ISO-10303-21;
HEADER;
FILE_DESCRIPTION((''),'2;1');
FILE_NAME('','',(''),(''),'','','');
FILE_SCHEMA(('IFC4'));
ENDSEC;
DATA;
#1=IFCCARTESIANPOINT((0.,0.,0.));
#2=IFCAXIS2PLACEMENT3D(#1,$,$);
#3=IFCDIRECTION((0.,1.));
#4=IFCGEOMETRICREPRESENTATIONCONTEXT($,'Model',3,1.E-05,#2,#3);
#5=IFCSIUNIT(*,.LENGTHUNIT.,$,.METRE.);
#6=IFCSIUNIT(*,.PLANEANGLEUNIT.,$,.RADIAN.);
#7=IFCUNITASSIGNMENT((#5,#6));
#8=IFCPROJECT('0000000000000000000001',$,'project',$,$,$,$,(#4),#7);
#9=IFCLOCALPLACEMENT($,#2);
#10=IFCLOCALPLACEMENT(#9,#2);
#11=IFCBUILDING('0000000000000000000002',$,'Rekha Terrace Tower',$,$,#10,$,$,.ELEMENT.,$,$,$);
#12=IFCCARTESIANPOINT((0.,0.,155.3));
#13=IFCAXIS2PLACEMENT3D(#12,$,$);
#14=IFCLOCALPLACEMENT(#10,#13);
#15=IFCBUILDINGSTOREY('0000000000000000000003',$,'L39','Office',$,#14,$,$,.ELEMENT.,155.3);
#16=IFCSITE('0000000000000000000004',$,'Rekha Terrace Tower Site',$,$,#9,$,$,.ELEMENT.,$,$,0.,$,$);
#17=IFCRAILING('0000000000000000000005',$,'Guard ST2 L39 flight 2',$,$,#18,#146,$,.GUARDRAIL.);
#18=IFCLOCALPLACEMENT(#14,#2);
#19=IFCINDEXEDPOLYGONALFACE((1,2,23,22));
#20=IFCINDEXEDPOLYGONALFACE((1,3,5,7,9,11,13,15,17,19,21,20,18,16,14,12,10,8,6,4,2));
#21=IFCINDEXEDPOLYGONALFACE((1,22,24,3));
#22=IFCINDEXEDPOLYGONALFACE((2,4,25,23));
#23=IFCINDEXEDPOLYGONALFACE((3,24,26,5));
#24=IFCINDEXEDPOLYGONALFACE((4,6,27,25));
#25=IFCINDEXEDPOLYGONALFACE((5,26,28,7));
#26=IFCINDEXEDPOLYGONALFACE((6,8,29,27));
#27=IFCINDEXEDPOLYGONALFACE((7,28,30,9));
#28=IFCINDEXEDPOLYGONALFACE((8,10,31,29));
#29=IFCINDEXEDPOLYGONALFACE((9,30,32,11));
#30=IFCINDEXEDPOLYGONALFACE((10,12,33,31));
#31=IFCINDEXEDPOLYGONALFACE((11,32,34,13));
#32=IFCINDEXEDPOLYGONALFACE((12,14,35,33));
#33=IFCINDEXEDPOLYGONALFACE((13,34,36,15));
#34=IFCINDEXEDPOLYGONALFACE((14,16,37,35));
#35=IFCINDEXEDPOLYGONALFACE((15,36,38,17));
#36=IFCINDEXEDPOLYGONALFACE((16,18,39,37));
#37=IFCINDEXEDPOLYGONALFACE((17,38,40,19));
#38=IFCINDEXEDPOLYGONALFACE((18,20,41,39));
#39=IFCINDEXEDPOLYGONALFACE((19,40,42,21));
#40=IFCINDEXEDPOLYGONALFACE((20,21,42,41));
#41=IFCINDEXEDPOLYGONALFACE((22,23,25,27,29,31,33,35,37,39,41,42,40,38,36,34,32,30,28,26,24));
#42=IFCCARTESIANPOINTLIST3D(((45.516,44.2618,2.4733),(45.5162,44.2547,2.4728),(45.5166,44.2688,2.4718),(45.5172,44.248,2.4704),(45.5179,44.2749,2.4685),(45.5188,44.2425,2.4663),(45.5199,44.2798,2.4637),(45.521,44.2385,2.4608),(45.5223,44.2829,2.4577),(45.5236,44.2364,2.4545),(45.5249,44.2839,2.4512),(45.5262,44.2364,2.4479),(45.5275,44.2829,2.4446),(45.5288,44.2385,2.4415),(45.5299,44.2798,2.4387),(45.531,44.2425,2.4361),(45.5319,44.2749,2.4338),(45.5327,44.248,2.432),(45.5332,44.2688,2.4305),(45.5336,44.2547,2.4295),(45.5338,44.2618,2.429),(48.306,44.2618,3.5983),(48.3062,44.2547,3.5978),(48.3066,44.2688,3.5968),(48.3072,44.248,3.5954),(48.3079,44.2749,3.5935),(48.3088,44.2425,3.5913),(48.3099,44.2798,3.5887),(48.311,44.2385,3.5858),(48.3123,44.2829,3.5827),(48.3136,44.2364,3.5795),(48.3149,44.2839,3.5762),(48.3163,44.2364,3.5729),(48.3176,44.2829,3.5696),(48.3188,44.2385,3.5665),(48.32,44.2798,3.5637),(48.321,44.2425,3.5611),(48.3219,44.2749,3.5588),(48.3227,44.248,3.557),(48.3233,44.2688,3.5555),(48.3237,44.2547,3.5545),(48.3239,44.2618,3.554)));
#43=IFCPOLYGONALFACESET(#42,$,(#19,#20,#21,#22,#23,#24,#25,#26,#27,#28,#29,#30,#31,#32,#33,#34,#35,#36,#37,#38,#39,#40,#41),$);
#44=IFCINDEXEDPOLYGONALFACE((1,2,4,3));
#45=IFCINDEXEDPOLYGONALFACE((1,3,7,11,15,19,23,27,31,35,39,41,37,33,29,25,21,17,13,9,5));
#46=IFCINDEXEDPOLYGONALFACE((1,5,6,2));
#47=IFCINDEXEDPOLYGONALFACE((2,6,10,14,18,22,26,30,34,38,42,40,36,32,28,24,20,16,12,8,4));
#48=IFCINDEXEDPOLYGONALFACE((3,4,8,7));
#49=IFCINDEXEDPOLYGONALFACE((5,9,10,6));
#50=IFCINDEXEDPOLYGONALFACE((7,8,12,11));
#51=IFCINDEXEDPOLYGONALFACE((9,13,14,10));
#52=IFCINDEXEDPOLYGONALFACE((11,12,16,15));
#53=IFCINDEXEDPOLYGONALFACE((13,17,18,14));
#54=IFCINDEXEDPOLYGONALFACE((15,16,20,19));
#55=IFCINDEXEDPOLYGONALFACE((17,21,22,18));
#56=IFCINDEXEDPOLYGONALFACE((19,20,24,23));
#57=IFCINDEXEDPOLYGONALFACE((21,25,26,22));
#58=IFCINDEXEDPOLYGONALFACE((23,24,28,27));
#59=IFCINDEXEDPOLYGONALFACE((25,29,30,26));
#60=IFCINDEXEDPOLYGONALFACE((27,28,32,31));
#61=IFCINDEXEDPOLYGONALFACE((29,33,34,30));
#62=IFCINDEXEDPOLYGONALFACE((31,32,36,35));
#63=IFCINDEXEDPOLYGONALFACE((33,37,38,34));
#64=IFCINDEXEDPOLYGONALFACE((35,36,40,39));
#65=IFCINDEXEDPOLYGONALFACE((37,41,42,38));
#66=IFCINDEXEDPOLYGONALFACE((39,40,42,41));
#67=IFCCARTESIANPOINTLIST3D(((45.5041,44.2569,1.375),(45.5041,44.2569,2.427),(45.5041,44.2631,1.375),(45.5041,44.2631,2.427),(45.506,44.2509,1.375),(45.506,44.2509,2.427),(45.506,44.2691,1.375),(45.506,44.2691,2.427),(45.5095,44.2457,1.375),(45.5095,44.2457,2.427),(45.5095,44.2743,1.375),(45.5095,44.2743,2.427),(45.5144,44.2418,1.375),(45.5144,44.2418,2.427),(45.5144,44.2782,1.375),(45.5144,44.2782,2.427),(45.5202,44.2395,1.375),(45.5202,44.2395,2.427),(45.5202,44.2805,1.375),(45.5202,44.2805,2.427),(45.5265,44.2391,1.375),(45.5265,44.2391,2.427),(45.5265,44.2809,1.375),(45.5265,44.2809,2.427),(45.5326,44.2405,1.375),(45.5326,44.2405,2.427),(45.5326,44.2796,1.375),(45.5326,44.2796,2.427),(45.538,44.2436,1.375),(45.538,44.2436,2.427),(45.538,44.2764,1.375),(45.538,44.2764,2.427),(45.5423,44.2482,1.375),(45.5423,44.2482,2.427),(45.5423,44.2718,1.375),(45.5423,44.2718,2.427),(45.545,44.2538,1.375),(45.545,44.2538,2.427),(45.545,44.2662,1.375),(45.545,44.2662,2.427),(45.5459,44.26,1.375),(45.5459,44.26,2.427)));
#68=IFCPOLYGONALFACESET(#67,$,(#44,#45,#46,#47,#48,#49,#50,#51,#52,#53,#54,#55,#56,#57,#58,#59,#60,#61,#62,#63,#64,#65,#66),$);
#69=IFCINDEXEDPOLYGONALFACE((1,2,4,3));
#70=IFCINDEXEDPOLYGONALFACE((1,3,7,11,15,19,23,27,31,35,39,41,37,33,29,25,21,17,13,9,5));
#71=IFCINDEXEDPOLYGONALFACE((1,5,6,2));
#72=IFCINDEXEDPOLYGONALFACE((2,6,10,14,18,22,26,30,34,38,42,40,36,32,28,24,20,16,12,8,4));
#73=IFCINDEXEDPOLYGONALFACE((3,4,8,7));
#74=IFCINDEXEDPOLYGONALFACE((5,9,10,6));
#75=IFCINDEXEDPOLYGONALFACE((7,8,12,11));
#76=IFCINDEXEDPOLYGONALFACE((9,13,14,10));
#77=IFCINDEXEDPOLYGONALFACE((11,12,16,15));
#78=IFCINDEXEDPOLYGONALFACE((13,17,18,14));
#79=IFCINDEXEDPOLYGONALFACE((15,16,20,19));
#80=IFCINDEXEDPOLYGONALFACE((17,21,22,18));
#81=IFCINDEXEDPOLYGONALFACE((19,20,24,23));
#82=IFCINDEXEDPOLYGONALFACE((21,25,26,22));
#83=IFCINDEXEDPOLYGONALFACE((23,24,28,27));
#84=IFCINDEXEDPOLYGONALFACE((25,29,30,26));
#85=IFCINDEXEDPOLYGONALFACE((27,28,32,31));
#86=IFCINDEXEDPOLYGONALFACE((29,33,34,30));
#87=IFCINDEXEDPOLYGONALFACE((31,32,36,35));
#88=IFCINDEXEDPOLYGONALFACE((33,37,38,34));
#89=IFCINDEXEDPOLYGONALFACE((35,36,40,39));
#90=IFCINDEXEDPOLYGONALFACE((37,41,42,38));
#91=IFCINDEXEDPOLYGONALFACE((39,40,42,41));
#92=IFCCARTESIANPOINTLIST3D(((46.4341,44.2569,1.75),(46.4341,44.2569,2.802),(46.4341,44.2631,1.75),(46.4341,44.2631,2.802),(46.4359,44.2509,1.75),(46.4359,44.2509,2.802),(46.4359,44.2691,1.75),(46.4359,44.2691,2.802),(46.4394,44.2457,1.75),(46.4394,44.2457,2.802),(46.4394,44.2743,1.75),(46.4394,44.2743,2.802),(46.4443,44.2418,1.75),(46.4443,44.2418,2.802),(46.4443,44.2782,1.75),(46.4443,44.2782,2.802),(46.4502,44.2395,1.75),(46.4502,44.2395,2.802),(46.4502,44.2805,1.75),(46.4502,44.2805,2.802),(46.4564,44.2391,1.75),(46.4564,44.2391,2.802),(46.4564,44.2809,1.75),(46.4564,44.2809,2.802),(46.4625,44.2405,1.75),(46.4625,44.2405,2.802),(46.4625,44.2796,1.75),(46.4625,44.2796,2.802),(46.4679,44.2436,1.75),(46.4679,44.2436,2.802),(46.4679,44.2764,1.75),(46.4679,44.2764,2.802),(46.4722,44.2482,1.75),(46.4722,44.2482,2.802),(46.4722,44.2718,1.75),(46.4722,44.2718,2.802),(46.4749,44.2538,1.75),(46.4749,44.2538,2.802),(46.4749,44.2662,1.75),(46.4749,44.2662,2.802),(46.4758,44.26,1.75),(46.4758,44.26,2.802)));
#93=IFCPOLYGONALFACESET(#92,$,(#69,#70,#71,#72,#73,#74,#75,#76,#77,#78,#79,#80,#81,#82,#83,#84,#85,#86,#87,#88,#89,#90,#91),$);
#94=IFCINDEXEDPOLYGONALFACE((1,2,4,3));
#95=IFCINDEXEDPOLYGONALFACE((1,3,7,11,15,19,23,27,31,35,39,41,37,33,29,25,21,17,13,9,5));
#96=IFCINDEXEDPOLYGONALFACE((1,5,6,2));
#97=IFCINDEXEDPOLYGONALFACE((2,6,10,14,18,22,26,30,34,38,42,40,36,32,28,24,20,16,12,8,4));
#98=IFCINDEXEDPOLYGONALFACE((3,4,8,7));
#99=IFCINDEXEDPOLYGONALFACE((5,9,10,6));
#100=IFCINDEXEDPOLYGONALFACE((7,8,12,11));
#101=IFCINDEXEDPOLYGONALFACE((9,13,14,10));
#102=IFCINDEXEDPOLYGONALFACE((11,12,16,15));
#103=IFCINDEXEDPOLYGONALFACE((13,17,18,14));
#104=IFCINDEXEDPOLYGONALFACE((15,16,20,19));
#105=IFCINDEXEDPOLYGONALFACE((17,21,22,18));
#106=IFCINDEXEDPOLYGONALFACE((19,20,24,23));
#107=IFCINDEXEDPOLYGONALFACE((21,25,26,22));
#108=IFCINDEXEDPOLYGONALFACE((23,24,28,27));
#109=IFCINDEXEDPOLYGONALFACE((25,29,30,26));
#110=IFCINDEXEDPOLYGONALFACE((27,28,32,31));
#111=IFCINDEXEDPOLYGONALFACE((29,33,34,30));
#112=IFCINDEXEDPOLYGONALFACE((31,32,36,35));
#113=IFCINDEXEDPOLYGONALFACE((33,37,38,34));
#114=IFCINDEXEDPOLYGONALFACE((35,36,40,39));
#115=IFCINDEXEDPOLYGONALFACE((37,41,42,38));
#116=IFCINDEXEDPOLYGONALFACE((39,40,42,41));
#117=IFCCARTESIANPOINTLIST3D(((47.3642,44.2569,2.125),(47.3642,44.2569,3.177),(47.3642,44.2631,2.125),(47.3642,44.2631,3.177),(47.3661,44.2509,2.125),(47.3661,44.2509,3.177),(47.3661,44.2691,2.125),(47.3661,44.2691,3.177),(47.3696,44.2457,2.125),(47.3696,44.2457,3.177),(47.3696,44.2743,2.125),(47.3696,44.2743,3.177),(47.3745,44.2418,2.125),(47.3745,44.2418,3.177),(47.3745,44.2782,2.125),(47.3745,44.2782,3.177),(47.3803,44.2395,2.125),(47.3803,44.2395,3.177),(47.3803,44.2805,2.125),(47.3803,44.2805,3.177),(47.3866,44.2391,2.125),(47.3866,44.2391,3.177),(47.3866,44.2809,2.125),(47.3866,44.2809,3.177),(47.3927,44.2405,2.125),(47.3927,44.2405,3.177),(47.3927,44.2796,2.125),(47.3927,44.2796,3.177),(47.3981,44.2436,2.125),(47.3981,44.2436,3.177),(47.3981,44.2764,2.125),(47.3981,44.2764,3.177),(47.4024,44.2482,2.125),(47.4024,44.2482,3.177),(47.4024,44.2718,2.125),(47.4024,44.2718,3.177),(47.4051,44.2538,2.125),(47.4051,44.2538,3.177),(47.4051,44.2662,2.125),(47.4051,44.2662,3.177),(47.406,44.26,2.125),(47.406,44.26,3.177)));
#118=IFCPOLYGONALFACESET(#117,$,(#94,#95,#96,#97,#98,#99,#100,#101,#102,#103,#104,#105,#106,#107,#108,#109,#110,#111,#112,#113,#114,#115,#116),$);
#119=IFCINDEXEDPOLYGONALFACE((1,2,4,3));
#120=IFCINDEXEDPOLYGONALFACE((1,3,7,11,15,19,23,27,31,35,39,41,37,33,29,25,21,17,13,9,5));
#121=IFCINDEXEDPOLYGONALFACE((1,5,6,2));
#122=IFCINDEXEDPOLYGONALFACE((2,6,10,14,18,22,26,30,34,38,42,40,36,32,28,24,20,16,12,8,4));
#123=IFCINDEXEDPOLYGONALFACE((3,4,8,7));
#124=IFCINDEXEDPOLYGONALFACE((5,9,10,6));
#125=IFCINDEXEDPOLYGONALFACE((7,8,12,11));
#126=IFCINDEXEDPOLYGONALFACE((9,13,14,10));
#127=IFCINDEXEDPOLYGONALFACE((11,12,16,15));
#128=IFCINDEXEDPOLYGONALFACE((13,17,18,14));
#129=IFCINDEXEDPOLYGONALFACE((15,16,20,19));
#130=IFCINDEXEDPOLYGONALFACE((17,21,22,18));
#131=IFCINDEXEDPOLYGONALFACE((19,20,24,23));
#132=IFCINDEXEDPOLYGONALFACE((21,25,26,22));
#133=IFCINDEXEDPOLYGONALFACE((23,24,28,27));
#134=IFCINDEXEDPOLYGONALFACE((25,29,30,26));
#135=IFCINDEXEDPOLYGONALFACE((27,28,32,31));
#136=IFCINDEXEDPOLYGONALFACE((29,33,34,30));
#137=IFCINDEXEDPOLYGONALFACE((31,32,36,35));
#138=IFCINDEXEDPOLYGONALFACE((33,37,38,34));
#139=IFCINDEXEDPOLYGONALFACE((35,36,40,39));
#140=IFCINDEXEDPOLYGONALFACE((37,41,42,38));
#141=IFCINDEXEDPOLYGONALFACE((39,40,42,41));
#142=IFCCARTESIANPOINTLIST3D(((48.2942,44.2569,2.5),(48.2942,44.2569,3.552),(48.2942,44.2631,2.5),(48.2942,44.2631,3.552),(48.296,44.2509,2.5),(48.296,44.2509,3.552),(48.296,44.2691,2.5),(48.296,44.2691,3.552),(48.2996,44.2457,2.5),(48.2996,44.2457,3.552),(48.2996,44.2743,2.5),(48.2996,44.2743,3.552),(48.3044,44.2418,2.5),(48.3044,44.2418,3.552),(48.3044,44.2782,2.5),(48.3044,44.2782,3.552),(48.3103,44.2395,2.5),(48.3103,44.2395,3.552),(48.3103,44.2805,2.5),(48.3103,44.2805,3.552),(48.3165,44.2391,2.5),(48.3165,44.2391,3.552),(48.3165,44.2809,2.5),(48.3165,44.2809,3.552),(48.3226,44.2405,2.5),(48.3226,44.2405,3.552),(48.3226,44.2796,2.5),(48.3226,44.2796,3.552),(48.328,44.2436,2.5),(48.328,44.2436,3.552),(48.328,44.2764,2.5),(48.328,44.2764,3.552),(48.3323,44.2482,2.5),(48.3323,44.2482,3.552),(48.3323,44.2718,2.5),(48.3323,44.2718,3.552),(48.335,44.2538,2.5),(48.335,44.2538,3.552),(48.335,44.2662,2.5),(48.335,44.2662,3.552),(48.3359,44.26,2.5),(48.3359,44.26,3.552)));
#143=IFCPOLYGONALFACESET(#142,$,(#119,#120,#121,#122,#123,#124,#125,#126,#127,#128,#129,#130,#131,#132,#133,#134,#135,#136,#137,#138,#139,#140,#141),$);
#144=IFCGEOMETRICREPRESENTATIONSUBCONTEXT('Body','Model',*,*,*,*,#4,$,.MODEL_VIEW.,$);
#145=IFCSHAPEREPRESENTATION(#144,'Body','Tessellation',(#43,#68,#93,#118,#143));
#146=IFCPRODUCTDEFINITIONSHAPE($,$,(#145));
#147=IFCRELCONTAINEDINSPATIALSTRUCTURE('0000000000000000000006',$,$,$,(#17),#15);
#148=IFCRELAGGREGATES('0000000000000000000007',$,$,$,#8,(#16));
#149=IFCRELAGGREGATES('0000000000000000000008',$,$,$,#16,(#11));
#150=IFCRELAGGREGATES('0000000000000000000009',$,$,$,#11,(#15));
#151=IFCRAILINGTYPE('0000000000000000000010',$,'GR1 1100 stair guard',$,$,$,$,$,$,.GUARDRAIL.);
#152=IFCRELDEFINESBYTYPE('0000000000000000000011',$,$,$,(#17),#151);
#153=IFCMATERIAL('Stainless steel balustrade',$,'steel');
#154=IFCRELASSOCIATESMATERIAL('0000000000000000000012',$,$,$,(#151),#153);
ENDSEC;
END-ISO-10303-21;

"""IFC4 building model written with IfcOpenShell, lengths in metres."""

from ifc_helpers import new_model, si_unit, direction, frame, origin, origin_2d, place, context, subcontext, project, spatial, circle, extrude, material, type_object, element, save


model = new_model("IFC4")

# Units and contexts
model_context = context("Model", 3, precision=1e-05, world=origin(), true_north=direction((0.0, 1.0)))
body_context = subcontext(model_context, "Body", "Model", "MODEL_VIEW")
ifc_project = project(units=[si_unit("LENGTHUNIT", "METRE"), si_unit("PLANEANGLEUNIT", "RADIAN")], contexts=[model_context])

# Site, building, storey
site_placement = place(None, origin())
site = spatial("IfcSite", under=ifc_project, at=site_placement, Name="Rekha Terrace Tower Site", CompositionType="ELEMENT", RefElevation=0.0)
building_placement = place(site_placement, origin())
building = spatial("IfcBuilding", under=site, at=building_placement, Name="Rekha Terrace Tower", CompositionType="ELEMENT")
storey_placement = place(building_placement, frame((0.0, 0.0, 155.3)))
storey = spatial("IfcBuildingStorey", under=building, at=storey_placement, Name="L39", Description="Office", CompositionType="ELEMENT", Elevation=155.3)

# Railing
ifc_material_1 = material(Name="Stainless steel balustrade", Category="steel")
railing_type_1 = type_object("IfcRailingType", Name="GR1 1100 stair guard", PredefinedType="GUARDRAIL", material=ifc_material_1)
railing_1_placement = place(storey_placement, frame((45.5249, 44.26, 1.375)))
element("IfcRailing", 1, at=railing_1_placement, inside=storey, type_object=railing_type_1, Name="Guard ST2 L39 flight 2", PredefinedType="GUARDRAIL", context=body_context, shape_type="SweptSolid", body=[
    extrude(circle(Radius=0.0239, at=origin_2d()), frame((0.0, 0.0, 1.0762), z_axis=(0.927443, 0.0, 0.373964), x_axis=(0.0, 1.0, 0.0)), (0.0, 0.0, 1.0), 3.0083),
    extrude(circle(Radius=0.021, at=origin_2d()), origin(), (0.0, 0.0, 1.0), 1.052),
    extrude(circle(Radius=0.021, at=origin_2d()), frame((0.9299, 0.0, 0.375)), (0.0, 0.0, 1.0), 1.052),
    extrude(circle(Radius=0.021, at=origin_2d()), frame((1.8601, 0.0, 0.75)), (0.0, 0.0, 1.0), 1.052),
    extrude(circle(Radius=0.021, at=origin_2d()), frame((2.79, 0.0, 1.125)), (0.0, 0.0, 1.0), 1.052),
])

save(model, "model.ifc")
